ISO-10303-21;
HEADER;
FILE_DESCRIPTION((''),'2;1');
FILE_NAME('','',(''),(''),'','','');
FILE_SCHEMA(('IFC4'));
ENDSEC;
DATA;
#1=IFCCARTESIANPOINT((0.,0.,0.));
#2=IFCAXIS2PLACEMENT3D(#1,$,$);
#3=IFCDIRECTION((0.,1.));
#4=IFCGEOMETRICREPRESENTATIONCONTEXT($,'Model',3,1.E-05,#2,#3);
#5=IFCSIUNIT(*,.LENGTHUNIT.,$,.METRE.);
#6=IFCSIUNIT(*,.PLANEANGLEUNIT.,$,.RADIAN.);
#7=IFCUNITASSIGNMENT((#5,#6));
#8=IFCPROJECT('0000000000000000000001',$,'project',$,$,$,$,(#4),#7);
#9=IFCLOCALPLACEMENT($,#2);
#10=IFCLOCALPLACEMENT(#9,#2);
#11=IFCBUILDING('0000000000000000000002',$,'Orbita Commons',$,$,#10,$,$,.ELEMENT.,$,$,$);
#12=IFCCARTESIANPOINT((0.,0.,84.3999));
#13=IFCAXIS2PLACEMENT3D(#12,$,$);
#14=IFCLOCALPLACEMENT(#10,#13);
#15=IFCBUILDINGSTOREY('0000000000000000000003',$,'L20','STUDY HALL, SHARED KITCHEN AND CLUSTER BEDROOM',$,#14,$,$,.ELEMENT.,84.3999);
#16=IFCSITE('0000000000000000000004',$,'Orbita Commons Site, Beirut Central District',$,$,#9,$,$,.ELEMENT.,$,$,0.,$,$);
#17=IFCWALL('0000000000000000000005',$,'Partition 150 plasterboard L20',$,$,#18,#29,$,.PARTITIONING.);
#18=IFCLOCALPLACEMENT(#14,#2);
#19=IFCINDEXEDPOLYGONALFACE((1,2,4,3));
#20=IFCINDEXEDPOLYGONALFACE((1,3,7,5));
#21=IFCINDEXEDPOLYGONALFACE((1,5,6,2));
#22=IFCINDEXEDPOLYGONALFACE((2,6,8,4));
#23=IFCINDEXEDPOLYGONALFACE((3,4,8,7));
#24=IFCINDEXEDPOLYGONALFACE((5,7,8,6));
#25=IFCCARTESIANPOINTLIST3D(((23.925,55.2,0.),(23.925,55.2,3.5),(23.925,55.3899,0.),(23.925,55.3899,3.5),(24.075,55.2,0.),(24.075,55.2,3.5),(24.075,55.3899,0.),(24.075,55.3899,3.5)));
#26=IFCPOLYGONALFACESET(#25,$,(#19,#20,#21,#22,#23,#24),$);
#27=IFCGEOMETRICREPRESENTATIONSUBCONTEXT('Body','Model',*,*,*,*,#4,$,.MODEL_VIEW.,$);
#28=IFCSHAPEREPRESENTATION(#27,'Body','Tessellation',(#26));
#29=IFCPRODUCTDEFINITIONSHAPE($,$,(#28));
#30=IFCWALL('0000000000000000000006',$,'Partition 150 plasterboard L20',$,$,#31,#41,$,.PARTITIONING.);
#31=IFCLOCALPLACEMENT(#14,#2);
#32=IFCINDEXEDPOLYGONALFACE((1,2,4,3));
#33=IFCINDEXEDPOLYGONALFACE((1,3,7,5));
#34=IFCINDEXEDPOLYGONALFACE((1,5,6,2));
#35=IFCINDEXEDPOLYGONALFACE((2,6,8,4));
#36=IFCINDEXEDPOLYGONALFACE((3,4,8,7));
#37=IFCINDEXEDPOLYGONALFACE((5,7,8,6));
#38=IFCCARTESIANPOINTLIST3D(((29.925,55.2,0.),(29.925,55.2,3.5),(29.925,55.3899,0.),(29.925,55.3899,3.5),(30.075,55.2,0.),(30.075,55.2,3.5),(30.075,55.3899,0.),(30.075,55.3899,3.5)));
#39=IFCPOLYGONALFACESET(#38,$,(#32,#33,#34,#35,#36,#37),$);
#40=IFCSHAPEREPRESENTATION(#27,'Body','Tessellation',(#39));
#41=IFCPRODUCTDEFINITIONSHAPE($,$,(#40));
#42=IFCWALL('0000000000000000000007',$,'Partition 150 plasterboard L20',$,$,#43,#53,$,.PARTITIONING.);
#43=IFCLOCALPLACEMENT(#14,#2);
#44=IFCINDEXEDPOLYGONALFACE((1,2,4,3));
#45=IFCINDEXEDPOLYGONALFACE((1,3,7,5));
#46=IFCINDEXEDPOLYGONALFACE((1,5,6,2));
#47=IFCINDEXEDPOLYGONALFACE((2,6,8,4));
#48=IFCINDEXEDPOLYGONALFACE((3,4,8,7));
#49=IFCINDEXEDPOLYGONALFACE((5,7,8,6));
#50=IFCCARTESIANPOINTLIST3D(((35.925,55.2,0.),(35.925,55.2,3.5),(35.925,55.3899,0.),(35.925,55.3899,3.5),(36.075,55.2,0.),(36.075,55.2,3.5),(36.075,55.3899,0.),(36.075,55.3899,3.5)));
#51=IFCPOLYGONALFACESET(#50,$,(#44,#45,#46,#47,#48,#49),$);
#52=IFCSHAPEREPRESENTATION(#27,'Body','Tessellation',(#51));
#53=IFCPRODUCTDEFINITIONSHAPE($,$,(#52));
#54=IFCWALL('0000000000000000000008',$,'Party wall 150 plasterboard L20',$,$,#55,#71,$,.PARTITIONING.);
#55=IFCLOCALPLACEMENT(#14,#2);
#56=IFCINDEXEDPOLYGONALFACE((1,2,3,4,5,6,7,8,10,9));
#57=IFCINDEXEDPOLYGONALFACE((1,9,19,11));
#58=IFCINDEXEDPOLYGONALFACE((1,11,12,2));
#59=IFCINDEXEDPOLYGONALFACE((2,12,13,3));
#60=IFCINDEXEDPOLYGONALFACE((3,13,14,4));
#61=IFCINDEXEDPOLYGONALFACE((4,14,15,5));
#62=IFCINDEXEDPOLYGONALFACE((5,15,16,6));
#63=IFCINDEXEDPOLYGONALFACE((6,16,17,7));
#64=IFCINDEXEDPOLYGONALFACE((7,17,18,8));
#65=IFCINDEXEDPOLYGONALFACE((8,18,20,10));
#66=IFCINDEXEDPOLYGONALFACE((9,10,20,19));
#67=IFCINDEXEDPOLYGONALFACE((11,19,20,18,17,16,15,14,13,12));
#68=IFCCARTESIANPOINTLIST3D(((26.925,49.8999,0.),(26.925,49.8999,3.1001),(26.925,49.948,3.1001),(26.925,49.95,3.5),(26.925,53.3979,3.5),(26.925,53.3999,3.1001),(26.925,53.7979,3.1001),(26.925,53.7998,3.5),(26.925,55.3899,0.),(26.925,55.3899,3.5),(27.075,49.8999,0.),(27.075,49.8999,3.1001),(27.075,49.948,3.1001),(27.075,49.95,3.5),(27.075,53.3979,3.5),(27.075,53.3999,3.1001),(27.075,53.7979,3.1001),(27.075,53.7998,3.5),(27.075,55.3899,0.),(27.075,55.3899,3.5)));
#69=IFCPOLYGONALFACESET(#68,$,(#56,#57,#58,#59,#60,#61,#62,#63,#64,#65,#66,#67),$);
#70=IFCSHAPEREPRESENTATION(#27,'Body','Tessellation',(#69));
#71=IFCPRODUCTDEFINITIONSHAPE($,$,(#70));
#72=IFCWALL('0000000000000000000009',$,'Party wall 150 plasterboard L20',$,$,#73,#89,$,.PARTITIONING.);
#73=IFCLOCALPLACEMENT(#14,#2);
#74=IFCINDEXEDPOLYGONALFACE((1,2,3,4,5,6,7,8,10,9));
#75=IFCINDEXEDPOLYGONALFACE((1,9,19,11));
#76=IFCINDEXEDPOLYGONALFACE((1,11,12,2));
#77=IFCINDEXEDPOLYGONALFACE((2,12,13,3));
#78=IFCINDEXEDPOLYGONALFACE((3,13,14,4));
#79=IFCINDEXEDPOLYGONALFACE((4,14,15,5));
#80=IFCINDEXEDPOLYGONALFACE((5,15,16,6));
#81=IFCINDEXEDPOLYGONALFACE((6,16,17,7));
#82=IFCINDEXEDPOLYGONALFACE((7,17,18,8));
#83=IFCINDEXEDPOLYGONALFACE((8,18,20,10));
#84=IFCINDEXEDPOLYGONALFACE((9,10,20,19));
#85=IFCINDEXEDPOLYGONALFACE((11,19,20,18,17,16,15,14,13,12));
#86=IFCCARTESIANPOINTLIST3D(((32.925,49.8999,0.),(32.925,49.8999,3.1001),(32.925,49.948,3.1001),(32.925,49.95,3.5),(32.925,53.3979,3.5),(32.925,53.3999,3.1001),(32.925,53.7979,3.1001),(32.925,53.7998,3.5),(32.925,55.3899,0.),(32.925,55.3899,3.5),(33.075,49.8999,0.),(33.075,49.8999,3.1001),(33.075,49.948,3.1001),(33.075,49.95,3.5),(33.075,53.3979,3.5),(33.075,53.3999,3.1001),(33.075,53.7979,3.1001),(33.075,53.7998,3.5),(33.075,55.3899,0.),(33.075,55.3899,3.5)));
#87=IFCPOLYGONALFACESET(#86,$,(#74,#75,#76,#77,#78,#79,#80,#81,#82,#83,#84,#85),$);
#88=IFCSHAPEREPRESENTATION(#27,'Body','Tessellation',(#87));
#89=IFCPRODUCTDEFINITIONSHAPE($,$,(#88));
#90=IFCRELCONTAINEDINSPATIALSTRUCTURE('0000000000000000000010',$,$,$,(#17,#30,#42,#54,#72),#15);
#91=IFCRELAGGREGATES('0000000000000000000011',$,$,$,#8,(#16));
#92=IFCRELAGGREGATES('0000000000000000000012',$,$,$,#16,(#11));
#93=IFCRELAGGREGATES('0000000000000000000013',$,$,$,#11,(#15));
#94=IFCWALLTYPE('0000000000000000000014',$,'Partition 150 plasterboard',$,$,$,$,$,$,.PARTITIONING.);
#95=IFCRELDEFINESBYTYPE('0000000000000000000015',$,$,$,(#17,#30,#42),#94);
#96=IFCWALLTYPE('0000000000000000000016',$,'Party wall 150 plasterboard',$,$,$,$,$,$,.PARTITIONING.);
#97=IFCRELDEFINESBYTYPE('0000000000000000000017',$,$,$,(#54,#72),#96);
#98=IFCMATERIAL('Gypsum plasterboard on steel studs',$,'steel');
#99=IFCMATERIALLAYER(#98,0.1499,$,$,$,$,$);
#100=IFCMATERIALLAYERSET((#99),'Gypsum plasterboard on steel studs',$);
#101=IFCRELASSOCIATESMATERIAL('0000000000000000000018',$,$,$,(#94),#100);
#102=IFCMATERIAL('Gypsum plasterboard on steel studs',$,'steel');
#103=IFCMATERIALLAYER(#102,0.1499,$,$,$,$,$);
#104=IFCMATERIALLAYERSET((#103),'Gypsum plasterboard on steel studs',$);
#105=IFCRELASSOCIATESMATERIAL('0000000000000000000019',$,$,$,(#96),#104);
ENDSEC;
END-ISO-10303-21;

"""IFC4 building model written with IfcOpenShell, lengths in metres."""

from ifc_helpers import new_model, si_unit, direction, frame, frame_2d, origin, place, context, subcontext, project, spatial, polyline, rectangle, outline, extrude, material, layer, layer_set, type_object, element, save


model = new_model("IFC4")

# Units and contexts
model_context = context("Model", 3, precision=1e-05, world=origin(), true_north=direction((0.0, 1.0)))
body_context = subcontext(model_context, "Body", "Model", "MODEL_VIEW")
ifc_project = project(units=[si_unit("LENGTHUNIT", "METRE"), si_unit("PLANEANGLEUNIT", "RADIAN")], contexts=[model_context])

# Site, building, storey
site_placement = place(None, origin())
site = spatial("IfcSite", under=ifc_project, at=site_placement, Name="Orbita Commons Site, Beirut Central District", CompositionType="ELEMENT", RefElevation=0.0)
building_placement = place(site_placement, origin())
building = spatial("IfcBuilding", under=site, at=building_placement, Name="Orbita Commons", CompositionType="ELEMENT")
storey_placement = place(building_placement, frame((0.0, 0.0, 84.3999)))
storey = spatial("IfcBuildingStorey", under=building, at=storey_placement, Name="L20", Description="STUDY HALL, SHARED KITCHEN AND CLUSTER BEDROOM", CompositionType="ELEMENT", Elevation=84.3999)

# Walls
ifc_material_1 = material(Name="Gypsum plasterboard on steel studs", Category="steel")
ifc_layer_1 = layer(ifc_material_1, 0.1499)
ifc_layer_set_1 = layer_set([ifc_layer_1], Name="Gypsum plasterboard on steel studs")
wall_type_1 = type_object("IfcWallType", Name="Partition 150 plasterboard", PredefinedType="PARTITIONING", material=ifc_layer_set_1)
for number, where, z_axis, x_axis, name in (
    (1, (24.0, 55.2, 0.0), (0.0, 0.0, 1.0), (0.0, 1.0, 0.0), "Partition 150 plasterboard L20"),
    (2, (30.0, 55.2, 0.0), (0.0, 0.0, 1.0), (0.0, 1.0, 0.0), "Partition 150 plasterboard L20"),
    (3, (36.0, 55.2, 0.0), (0.0, 0.0, 1.0), (0.0, 1.0, 0.0), "Partition 150 plasterboard L20"),
):
    element("IfcWall", number, at=place(storey_placement, frame(where, z_axis=z_axis, x_axis=x_axis)), inside=storey, type_object=wall_type_1, Name=name, PredefinedType="PARTITIONING", context=body_context, shape_type="SweptSolid", body=[
        extrude(rectangle(XDim=0.1899, YDim=0.1499, at=frame_2d((0.095, 0.0))), origin(), (0.0, 0.0, 1.0), 3.5),
    ])
ifc_material_2 = material(Name="Gypsum plasterboard on steel studs", Category="steel")
ifc_layer_2 = layer(ifc_material_2, 0.1499)
ifc_layer_set_2 = layer_set([ifc_layer_2], Name="Gypsum plasterboard on steel studs")
wall_type_2 = type_object("IfcWallType", Name="Party wall 150 plasterboard", PredefinedType="PARTITIONING", material=ifc_layer_set_2)
for number, where, z_axis, x_axis, name in (
    (4, (27.0, 55.3899, 0.0), (0.0, 0.0, 1.0), (0.0, -1.0, 0.0), "Party wall 150 plasterboard L20"),
    (5, (33.0, 55.3899, 0.0), (0.0, 0.0, 1.0), (0.0, -1.0, 0.0), "Party wall 150 plasterboard L20"),
):
    element("IfcWall", number, at=place(storey_placement, frame(where, z_axis=z_axis, x_axis=x_axis)), inside=storey, type_object=wall_type_2, Name=name, PredefinedType="PARTITIONING", context=body_context, shape_type="SweptSolid", body=[
        extrude(outline(polyline([(0.0, 0.0), (5.49, 0.0), (5.49, 3.1001), (5.4419, 3.1001), (5.4399, 3.5), (1.9919, 3.5), (1.99, 3.1001), (1.592, 3.1001), (1.5901, 3.5), (0.0, 3.5), (0.0, 0.0)])), frame((0.0, 0.075, 0.0), z_axis=(0.0, -1.0, 0.0), x_axis=(1.0, 0.0, 0.0)), (0.0, 0.0, 1.0), 0.1499),
    ])

save(model, "model.ifc")
